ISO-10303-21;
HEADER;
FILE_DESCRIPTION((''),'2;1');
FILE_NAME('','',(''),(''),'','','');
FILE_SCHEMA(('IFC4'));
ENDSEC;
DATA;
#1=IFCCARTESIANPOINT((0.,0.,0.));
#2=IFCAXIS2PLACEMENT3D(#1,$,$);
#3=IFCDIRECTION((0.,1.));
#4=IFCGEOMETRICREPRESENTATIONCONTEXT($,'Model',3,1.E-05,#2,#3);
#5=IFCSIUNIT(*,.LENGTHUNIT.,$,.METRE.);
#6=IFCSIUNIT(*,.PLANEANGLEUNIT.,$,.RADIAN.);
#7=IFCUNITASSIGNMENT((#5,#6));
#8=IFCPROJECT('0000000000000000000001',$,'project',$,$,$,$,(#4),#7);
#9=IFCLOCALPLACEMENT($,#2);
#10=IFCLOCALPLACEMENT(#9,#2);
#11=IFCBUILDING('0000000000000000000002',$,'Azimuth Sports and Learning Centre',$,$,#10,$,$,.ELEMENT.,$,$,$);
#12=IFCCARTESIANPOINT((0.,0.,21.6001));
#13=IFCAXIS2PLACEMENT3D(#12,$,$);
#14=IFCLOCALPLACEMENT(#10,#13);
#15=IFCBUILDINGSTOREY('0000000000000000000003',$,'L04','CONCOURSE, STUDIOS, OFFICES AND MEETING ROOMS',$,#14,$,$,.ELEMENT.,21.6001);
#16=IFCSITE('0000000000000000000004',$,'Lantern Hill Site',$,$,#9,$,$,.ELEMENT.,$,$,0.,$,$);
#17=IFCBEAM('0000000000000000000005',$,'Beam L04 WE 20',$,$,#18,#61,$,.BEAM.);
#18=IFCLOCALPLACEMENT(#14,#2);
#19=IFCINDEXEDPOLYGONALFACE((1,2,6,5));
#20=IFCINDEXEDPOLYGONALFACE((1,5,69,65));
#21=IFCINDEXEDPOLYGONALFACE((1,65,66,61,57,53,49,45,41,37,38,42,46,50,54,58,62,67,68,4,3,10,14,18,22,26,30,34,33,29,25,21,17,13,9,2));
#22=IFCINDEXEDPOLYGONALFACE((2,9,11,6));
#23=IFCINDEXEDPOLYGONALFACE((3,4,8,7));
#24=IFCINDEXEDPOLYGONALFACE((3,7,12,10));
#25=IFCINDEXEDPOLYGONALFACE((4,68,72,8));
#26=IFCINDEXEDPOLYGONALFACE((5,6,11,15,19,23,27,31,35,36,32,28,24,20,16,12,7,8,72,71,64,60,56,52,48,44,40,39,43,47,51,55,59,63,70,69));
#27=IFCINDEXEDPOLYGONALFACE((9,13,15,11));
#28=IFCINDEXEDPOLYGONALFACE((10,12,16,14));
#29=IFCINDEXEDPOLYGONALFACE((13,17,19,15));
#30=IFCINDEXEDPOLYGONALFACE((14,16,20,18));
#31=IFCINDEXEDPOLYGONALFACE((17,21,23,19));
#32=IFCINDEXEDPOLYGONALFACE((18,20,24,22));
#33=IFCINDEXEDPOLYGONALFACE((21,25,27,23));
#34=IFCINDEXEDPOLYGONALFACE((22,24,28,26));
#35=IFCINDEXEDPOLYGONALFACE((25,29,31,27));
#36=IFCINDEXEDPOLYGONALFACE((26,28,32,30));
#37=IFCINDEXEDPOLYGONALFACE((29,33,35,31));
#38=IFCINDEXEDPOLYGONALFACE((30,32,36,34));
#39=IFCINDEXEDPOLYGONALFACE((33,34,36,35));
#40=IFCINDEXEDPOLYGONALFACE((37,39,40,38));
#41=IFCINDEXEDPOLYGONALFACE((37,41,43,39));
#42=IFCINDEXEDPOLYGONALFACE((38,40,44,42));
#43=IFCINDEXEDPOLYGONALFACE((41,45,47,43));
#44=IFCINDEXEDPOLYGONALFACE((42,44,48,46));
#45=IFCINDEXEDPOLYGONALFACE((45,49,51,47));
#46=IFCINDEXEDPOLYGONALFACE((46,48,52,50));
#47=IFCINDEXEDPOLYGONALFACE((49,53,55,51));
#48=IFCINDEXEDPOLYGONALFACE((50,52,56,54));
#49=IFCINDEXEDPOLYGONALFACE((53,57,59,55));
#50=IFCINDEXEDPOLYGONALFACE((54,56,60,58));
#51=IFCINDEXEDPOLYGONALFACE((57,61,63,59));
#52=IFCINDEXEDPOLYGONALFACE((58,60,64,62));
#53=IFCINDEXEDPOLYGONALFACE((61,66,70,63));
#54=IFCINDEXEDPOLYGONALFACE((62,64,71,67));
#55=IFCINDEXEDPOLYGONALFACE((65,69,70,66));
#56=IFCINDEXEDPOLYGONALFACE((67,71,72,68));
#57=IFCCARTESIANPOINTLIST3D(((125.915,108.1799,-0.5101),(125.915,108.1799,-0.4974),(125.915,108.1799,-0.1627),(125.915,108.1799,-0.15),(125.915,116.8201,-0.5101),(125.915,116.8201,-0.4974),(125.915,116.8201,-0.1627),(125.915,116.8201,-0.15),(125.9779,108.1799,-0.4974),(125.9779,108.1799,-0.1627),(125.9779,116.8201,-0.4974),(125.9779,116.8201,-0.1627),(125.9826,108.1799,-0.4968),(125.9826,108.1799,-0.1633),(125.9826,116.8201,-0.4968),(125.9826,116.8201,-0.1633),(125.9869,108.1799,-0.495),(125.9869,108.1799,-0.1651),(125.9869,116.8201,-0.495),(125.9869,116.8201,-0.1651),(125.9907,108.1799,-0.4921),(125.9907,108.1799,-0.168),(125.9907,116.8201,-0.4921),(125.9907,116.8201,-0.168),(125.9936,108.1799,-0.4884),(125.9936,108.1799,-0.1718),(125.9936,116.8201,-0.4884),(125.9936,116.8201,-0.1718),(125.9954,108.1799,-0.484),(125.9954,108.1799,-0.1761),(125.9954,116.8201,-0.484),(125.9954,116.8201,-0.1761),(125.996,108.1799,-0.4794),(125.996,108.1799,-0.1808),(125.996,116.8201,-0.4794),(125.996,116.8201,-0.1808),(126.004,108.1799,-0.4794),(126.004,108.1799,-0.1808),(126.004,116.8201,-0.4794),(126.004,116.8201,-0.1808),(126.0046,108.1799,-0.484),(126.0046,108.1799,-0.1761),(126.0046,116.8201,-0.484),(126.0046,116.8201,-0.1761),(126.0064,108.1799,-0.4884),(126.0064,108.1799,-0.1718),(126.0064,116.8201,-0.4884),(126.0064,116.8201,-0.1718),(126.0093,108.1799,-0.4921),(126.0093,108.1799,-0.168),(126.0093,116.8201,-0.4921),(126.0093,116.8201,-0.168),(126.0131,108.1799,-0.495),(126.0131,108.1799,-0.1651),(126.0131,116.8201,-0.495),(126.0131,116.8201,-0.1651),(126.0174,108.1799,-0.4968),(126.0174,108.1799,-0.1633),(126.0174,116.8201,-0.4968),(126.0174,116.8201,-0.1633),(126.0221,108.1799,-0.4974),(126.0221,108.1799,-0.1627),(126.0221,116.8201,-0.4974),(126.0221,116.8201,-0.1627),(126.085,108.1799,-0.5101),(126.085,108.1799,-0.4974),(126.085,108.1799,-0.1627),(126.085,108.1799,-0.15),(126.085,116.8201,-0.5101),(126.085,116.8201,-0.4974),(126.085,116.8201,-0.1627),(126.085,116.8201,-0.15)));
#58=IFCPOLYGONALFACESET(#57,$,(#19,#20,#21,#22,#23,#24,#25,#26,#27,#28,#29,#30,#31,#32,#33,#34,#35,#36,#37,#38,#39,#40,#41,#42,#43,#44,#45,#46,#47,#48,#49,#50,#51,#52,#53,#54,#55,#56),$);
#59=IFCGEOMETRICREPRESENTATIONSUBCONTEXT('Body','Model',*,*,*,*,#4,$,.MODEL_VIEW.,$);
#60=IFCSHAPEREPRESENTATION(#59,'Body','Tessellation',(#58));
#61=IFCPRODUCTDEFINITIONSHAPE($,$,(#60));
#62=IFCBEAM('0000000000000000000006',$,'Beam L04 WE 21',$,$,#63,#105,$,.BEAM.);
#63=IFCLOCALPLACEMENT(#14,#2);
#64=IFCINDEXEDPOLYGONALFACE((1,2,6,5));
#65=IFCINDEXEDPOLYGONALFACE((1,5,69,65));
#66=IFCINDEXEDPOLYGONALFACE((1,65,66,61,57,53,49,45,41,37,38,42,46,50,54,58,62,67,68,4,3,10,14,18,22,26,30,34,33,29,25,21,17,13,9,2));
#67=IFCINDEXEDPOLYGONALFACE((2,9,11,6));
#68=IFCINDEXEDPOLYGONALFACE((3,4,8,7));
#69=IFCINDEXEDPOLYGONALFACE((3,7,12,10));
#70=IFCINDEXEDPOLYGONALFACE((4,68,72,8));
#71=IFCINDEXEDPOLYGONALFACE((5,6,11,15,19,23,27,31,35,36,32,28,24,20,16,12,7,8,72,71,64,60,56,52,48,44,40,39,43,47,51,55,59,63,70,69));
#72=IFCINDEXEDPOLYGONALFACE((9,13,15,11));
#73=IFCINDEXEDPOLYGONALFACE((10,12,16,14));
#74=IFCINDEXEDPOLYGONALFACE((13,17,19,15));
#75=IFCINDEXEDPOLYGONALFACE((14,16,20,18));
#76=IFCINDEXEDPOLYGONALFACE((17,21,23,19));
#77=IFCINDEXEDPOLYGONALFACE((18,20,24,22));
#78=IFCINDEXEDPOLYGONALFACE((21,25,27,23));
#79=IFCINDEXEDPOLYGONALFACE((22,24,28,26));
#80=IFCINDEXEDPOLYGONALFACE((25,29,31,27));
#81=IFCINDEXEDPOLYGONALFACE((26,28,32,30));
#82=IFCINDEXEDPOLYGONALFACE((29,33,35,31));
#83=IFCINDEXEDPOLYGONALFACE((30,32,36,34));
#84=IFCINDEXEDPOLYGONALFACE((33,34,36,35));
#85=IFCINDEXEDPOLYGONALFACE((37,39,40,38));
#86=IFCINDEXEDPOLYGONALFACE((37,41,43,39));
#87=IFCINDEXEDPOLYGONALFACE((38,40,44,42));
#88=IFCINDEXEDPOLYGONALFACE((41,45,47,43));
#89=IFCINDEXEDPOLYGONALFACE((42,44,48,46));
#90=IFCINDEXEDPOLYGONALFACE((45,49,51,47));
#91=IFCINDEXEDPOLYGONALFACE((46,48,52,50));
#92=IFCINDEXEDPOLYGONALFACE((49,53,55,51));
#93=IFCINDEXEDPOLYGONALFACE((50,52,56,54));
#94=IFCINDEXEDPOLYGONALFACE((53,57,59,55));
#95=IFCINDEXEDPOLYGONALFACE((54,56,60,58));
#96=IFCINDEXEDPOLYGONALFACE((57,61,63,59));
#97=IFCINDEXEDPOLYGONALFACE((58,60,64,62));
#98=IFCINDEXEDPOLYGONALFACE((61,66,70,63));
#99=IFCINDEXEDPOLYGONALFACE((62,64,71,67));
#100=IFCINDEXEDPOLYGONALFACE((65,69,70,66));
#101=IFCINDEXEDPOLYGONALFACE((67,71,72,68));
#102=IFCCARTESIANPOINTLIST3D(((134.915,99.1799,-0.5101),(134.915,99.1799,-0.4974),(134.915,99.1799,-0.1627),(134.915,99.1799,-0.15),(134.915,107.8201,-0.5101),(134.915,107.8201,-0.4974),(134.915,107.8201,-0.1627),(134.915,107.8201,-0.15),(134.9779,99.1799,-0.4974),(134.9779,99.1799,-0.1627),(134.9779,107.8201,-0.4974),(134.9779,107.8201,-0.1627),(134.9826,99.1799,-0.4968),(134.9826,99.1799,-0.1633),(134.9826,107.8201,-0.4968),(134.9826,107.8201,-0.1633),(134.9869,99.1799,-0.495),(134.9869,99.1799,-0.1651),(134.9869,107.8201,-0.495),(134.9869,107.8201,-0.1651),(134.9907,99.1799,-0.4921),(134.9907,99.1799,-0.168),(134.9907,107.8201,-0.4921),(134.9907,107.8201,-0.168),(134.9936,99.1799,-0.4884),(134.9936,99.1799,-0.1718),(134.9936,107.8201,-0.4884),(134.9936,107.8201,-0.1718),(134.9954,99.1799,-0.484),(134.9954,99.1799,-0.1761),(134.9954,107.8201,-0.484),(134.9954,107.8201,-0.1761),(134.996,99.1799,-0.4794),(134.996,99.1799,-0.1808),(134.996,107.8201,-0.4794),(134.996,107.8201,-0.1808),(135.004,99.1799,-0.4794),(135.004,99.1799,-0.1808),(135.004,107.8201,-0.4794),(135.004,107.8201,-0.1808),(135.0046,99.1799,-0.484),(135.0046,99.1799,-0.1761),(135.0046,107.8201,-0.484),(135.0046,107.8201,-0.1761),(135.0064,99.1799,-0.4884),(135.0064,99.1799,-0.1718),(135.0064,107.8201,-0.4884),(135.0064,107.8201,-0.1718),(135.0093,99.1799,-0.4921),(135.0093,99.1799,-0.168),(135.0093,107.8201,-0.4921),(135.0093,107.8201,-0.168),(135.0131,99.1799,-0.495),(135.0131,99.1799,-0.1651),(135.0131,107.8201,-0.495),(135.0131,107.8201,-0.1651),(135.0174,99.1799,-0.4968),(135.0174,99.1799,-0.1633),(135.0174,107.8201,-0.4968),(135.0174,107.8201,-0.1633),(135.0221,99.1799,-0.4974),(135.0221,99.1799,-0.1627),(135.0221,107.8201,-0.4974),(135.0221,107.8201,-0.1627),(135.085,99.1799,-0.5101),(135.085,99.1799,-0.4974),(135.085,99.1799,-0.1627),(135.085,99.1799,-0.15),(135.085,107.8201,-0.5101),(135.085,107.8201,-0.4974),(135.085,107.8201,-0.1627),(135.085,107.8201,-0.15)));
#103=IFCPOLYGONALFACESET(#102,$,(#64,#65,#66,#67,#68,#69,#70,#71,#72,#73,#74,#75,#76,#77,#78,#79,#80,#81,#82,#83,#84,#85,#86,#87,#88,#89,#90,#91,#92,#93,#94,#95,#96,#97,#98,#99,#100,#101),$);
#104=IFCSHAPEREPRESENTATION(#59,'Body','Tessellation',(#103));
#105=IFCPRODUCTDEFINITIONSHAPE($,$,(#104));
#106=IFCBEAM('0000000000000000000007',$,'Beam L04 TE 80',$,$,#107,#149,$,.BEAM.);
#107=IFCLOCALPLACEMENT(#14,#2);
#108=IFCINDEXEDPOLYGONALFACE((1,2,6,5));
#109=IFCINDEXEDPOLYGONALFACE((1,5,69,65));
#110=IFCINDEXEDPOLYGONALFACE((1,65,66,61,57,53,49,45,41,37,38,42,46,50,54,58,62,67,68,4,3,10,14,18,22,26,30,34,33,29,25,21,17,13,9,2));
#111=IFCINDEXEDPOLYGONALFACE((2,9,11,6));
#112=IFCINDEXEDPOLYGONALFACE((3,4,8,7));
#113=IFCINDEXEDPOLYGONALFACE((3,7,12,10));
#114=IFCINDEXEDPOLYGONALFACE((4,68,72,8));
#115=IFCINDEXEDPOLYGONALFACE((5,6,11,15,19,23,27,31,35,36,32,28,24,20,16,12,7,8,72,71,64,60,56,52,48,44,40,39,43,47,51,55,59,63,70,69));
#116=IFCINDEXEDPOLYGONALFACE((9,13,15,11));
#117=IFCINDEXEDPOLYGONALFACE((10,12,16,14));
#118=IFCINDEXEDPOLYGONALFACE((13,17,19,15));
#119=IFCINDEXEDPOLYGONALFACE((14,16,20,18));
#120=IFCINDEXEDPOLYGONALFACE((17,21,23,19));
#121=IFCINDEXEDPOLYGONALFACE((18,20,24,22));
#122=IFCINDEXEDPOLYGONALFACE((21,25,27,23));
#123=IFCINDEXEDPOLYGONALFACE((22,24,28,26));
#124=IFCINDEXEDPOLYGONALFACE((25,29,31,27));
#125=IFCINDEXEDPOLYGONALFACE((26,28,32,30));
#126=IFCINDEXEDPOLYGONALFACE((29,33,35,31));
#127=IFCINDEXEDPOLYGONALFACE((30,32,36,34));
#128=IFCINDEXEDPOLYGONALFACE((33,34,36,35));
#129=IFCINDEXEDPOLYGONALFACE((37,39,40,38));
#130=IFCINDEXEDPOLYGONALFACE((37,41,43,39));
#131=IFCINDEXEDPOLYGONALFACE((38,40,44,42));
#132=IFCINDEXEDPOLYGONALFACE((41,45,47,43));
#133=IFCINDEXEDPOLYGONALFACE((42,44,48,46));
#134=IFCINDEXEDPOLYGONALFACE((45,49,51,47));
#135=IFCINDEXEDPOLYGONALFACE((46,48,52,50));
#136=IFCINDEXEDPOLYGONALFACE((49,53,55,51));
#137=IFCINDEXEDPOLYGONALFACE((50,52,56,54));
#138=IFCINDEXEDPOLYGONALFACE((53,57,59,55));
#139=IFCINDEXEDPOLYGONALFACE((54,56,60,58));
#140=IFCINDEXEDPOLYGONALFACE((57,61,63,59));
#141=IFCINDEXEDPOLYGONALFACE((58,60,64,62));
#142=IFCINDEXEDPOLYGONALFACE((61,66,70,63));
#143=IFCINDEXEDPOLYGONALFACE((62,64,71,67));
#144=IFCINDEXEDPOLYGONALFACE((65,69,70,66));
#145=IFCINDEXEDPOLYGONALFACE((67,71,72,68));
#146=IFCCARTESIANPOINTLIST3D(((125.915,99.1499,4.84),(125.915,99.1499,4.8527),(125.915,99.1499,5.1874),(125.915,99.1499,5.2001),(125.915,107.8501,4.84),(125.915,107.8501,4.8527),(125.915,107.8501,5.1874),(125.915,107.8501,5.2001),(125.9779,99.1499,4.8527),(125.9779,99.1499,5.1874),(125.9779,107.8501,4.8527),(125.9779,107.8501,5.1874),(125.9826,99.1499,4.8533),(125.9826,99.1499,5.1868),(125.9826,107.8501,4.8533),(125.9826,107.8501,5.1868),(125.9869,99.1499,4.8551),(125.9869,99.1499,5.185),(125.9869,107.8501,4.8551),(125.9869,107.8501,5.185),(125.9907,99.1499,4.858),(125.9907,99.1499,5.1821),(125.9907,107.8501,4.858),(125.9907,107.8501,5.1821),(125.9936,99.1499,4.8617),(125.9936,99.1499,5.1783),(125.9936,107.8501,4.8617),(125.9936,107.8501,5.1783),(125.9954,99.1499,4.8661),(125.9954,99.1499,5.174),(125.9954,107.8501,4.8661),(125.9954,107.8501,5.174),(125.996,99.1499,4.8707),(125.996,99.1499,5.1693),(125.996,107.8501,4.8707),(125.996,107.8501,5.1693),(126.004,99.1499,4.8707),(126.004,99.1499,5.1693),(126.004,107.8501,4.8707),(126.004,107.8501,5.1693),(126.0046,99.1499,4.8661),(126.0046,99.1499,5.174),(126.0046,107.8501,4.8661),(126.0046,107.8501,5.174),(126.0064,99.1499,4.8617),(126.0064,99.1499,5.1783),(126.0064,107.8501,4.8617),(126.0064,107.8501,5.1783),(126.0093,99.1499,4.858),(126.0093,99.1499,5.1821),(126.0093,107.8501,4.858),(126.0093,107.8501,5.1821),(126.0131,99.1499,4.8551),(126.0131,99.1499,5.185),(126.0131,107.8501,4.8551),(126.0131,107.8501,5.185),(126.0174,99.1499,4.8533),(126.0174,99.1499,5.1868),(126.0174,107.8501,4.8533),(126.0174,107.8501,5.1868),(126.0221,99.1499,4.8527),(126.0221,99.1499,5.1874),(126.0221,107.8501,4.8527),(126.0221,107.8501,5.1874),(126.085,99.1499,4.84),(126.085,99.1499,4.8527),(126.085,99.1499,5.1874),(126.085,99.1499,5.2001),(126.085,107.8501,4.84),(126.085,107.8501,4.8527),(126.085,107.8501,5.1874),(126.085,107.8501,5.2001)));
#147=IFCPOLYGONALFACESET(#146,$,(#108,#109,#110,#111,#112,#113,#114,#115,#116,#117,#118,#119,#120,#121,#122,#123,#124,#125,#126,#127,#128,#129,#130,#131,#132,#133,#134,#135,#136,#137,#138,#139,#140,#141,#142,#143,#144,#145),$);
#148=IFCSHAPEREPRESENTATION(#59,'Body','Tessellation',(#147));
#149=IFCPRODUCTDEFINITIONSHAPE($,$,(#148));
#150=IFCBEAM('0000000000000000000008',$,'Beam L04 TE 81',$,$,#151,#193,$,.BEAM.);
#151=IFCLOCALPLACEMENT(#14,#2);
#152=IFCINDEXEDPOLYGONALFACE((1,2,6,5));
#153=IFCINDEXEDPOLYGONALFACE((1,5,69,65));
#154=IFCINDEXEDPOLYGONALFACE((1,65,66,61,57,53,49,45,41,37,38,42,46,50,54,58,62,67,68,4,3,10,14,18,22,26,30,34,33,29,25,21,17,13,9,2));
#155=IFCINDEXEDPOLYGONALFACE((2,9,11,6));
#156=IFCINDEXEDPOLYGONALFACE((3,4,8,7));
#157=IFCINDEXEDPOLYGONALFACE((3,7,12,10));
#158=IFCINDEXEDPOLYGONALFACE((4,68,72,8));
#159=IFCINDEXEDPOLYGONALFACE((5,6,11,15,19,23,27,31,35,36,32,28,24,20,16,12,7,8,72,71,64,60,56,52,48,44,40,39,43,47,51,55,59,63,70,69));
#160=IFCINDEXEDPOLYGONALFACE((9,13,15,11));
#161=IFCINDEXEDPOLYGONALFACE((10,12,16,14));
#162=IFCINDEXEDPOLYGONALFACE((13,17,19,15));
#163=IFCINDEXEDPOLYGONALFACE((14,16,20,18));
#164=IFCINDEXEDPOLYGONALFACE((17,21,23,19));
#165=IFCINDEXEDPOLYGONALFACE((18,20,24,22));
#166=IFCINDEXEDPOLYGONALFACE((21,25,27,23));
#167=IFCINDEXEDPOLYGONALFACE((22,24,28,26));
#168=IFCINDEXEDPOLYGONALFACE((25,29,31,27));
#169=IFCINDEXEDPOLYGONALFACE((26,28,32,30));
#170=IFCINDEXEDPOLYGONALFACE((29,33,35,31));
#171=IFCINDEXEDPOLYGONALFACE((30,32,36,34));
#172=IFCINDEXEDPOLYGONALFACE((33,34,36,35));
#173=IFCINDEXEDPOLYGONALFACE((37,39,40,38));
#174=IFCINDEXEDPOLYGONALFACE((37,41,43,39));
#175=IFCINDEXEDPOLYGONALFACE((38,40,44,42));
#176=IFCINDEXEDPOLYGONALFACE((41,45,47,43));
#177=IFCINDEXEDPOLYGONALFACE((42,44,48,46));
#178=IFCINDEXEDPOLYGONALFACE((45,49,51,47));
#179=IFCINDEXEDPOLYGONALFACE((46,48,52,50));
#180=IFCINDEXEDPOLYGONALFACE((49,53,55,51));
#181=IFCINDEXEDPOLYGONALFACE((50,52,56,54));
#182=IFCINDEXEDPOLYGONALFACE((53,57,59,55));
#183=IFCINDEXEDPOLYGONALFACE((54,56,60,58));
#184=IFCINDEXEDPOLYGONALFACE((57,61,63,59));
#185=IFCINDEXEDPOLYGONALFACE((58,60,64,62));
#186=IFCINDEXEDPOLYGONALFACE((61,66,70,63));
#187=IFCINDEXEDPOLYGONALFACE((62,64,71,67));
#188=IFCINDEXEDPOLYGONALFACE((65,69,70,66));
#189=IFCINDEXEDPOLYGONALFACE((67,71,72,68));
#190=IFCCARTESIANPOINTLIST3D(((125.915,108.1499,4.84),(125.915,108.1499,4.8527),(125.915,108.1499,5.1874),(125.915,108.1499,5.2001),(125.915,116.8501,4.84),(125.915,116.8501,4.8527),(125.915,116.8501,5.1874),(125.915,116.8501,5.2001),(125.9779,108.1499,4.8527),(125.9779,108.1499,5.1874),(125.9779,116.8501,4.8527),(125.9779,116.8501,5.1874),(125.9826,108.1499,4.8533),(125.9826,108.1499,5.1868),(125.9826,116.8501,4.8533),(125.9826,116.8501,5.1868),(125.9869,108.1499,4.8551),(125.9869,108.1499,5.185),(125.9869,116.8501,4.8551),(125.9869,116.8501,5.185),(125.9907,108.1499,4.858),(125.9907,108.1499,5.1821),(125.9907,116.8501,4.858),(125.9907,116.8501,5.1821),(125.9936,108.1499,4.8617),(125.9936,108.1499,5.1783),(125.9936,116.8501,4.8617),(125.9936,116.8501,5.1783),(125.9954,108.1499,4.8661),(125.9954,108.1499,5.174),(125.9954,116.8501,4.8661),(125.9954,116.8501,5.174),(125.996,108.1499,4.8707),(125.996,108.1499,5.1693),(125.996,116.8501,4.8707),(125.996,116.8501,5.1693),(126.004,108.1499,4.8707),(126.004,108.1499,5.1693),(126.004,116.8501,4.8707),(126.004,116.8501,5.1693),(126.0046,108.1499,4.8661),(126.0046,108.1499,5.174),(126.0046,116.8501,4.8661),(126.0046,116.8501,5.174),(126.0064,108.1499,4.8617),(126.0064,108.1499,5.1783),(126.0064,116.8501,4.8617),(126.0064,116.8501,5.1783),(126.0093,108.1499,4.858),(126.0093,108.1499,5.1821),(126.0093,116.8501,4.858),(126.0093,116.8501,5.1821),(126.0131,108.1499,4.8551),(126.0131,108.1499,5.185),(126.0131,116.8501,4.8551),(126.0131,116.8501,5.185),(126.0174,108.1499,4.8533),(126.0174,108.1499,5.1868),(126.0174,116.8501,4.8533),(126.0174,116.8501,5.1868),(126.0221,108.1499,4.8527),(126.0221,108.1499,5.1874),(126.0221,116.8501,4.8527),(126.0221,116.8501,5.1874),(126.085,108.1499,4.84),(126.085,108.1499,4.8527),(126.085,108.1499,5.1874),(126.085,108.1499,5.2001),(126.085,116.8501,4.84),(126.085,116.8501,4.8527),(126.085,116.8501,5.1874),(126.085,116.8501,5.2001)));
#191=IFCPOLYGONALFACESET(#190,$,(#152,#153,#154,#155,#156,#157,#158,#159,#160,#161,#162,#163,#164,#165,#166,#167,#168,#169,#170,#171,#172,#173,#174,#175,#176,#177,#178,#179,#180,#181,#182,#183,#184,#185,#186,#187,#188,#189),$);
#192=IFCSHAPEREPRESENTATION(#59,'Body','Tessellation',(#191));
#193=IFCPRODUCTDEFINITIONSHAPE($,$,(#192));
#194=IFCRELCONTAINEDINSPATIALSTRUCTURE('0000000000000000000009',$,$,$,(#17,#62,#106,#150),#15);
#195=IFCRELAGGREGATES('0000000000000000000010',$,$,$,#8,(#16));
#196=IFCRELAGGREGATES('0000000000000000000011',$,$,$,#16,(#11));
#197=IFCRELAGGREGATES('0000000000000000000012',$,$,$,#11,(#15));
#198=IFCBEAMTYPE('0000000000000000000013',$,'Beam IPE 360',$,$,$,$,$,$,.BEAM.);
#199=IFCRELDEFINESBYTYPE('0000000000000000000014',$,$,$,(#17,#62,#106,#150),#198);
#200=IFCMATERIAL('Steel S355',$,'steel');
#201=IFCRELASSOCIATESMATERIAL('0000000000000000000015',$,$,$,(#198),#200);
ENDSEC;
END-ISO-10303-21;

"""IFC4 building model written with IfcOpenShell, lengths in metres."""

from ifc_helpers import new_model, si_unit, direction, frame, origin, origin_2d, place, context, subcontext, project, spatial, i_section, extrude, material, material_profile, profile_set, type_object, element, save


model = new_model("IFC4")

# Units and contexts
model_context = context("Model", 3, precision=1e-05, world=origin(), true_north=direction((0.0, 1.0)))
body_context = subcontext(model_context, "Body", "Model", "MODEL_VIEW")
ifc_project = project(units=[si_unit("LENGTHUNIT", "METRE"), si_unit("PLANEANGLEUNIT", "RADIAN")], contexts=[model_context])

# Site, building, storey
site_placement = place(None, origin())
site = spatial("IfcSite", under=ifc_project, at=site_placement, Name="Lantern Hill Site", CompositionType="ELEMENT", RefElevation=0.0)
building_placement = place(site_placement, origin())
building = spatial("IfcBuilding", under=site, at=building_placement, Name="Azimuth Sports and Learning Centre", CompositionType="ELEMENT")
storey_placement = place(building_placement, frame((0.0, 0.0, 21.6001)))
storey = spatial("IfcBuildingStorey", under=building, at=storey_placement, Name="L04", Description="CONCOURSE, STUDIOS, OFFICES AND MEETING ROOMS", CompositionType="ELEMENT", Elevation=21.6001)

# Beams
ifc_material_1 = material(Name="Steel S355", Category="steel")
ifc_material_profile_1 = material_profile(ifc_material_1, i_section(OverallWidth=0.1699, OverallDepth=0.3601, WebThickness=0.0081, FlangeThickness=0.0127, FilletRadius=0.0181, at=origin_2d()), Name="IPE 360")
ifc_profile_set_1 = profile_set([ifc_material_profile_1], Name="Steel S355")
beam_type_1 = type_object("IfcBeamType", Name="Beam IPE 360", PredefinedType="BEAM", material=ifc_profile_set_1)
for number, where, z_axis, x_axis, name in (
    (1, (126.0, 108.1799, -0.3301), (0.0, 1.0, 0.0), (-1.0, 0.0, 0.0), "Beam L04 WE 20"),
    (2, (135.0, 99.1799, -0.3301), (0.0, 1.0, 0.0), (-1.0, 0.0, 0.0), "Beam L04 WE 21"),
):
    element("IfcBeam", number, at=place(storey_placement, frame(where, z_axis=z_axis, x_axis=x_axis)), inside=storey, type_object=beam_type_1, Name=name, PredefinedType="BEAM", context=body_context, shape_type="SweptSolid", body=[
        extrude(i_section(OverallWidth=0.1699, OverallDepth=0.3601, WebThickness=0.0081, FlangeThickness=0.0127, FilletRadius=0.0181, at=origin_2d()), origin(), (0.0, 0.0, 1.0), 8.6401),
    ])
for number, where, z_axis, x_axis, name in (
    (3, (126.0, 99.1499, 5.02), (0.0, 1.0, 0.0), (-1.0, 0.0, 0.0), "Beam L04 TE 80"),
    (4, (126.0, 108.1499, 5.02), (0.0, 1.0, 0.0), (-1.0, 0.0, 0.0), "Beam L04 TE 81"),
):
    element("IfcBeam", number, at=place(storey_placement, frame(where, z_axis=z_axis, x_axis=x_axis)), inside=storey, type_object=beam_type_1, Name=name, PredefinedType="BEAM", context=body_context, shape_type="SweptSolid", body=[
        extrude(i_section(OverallWidth=0.1699, OverallDepth=0.3601, WebThickness=0.0081, FlangeThickness=0.0127, FilletRadius=0.0181, at=origin_2d()), origin(), (0.0, 0.0, 1.0), 8.7002),
    ])

save(model, "model.ifc")
